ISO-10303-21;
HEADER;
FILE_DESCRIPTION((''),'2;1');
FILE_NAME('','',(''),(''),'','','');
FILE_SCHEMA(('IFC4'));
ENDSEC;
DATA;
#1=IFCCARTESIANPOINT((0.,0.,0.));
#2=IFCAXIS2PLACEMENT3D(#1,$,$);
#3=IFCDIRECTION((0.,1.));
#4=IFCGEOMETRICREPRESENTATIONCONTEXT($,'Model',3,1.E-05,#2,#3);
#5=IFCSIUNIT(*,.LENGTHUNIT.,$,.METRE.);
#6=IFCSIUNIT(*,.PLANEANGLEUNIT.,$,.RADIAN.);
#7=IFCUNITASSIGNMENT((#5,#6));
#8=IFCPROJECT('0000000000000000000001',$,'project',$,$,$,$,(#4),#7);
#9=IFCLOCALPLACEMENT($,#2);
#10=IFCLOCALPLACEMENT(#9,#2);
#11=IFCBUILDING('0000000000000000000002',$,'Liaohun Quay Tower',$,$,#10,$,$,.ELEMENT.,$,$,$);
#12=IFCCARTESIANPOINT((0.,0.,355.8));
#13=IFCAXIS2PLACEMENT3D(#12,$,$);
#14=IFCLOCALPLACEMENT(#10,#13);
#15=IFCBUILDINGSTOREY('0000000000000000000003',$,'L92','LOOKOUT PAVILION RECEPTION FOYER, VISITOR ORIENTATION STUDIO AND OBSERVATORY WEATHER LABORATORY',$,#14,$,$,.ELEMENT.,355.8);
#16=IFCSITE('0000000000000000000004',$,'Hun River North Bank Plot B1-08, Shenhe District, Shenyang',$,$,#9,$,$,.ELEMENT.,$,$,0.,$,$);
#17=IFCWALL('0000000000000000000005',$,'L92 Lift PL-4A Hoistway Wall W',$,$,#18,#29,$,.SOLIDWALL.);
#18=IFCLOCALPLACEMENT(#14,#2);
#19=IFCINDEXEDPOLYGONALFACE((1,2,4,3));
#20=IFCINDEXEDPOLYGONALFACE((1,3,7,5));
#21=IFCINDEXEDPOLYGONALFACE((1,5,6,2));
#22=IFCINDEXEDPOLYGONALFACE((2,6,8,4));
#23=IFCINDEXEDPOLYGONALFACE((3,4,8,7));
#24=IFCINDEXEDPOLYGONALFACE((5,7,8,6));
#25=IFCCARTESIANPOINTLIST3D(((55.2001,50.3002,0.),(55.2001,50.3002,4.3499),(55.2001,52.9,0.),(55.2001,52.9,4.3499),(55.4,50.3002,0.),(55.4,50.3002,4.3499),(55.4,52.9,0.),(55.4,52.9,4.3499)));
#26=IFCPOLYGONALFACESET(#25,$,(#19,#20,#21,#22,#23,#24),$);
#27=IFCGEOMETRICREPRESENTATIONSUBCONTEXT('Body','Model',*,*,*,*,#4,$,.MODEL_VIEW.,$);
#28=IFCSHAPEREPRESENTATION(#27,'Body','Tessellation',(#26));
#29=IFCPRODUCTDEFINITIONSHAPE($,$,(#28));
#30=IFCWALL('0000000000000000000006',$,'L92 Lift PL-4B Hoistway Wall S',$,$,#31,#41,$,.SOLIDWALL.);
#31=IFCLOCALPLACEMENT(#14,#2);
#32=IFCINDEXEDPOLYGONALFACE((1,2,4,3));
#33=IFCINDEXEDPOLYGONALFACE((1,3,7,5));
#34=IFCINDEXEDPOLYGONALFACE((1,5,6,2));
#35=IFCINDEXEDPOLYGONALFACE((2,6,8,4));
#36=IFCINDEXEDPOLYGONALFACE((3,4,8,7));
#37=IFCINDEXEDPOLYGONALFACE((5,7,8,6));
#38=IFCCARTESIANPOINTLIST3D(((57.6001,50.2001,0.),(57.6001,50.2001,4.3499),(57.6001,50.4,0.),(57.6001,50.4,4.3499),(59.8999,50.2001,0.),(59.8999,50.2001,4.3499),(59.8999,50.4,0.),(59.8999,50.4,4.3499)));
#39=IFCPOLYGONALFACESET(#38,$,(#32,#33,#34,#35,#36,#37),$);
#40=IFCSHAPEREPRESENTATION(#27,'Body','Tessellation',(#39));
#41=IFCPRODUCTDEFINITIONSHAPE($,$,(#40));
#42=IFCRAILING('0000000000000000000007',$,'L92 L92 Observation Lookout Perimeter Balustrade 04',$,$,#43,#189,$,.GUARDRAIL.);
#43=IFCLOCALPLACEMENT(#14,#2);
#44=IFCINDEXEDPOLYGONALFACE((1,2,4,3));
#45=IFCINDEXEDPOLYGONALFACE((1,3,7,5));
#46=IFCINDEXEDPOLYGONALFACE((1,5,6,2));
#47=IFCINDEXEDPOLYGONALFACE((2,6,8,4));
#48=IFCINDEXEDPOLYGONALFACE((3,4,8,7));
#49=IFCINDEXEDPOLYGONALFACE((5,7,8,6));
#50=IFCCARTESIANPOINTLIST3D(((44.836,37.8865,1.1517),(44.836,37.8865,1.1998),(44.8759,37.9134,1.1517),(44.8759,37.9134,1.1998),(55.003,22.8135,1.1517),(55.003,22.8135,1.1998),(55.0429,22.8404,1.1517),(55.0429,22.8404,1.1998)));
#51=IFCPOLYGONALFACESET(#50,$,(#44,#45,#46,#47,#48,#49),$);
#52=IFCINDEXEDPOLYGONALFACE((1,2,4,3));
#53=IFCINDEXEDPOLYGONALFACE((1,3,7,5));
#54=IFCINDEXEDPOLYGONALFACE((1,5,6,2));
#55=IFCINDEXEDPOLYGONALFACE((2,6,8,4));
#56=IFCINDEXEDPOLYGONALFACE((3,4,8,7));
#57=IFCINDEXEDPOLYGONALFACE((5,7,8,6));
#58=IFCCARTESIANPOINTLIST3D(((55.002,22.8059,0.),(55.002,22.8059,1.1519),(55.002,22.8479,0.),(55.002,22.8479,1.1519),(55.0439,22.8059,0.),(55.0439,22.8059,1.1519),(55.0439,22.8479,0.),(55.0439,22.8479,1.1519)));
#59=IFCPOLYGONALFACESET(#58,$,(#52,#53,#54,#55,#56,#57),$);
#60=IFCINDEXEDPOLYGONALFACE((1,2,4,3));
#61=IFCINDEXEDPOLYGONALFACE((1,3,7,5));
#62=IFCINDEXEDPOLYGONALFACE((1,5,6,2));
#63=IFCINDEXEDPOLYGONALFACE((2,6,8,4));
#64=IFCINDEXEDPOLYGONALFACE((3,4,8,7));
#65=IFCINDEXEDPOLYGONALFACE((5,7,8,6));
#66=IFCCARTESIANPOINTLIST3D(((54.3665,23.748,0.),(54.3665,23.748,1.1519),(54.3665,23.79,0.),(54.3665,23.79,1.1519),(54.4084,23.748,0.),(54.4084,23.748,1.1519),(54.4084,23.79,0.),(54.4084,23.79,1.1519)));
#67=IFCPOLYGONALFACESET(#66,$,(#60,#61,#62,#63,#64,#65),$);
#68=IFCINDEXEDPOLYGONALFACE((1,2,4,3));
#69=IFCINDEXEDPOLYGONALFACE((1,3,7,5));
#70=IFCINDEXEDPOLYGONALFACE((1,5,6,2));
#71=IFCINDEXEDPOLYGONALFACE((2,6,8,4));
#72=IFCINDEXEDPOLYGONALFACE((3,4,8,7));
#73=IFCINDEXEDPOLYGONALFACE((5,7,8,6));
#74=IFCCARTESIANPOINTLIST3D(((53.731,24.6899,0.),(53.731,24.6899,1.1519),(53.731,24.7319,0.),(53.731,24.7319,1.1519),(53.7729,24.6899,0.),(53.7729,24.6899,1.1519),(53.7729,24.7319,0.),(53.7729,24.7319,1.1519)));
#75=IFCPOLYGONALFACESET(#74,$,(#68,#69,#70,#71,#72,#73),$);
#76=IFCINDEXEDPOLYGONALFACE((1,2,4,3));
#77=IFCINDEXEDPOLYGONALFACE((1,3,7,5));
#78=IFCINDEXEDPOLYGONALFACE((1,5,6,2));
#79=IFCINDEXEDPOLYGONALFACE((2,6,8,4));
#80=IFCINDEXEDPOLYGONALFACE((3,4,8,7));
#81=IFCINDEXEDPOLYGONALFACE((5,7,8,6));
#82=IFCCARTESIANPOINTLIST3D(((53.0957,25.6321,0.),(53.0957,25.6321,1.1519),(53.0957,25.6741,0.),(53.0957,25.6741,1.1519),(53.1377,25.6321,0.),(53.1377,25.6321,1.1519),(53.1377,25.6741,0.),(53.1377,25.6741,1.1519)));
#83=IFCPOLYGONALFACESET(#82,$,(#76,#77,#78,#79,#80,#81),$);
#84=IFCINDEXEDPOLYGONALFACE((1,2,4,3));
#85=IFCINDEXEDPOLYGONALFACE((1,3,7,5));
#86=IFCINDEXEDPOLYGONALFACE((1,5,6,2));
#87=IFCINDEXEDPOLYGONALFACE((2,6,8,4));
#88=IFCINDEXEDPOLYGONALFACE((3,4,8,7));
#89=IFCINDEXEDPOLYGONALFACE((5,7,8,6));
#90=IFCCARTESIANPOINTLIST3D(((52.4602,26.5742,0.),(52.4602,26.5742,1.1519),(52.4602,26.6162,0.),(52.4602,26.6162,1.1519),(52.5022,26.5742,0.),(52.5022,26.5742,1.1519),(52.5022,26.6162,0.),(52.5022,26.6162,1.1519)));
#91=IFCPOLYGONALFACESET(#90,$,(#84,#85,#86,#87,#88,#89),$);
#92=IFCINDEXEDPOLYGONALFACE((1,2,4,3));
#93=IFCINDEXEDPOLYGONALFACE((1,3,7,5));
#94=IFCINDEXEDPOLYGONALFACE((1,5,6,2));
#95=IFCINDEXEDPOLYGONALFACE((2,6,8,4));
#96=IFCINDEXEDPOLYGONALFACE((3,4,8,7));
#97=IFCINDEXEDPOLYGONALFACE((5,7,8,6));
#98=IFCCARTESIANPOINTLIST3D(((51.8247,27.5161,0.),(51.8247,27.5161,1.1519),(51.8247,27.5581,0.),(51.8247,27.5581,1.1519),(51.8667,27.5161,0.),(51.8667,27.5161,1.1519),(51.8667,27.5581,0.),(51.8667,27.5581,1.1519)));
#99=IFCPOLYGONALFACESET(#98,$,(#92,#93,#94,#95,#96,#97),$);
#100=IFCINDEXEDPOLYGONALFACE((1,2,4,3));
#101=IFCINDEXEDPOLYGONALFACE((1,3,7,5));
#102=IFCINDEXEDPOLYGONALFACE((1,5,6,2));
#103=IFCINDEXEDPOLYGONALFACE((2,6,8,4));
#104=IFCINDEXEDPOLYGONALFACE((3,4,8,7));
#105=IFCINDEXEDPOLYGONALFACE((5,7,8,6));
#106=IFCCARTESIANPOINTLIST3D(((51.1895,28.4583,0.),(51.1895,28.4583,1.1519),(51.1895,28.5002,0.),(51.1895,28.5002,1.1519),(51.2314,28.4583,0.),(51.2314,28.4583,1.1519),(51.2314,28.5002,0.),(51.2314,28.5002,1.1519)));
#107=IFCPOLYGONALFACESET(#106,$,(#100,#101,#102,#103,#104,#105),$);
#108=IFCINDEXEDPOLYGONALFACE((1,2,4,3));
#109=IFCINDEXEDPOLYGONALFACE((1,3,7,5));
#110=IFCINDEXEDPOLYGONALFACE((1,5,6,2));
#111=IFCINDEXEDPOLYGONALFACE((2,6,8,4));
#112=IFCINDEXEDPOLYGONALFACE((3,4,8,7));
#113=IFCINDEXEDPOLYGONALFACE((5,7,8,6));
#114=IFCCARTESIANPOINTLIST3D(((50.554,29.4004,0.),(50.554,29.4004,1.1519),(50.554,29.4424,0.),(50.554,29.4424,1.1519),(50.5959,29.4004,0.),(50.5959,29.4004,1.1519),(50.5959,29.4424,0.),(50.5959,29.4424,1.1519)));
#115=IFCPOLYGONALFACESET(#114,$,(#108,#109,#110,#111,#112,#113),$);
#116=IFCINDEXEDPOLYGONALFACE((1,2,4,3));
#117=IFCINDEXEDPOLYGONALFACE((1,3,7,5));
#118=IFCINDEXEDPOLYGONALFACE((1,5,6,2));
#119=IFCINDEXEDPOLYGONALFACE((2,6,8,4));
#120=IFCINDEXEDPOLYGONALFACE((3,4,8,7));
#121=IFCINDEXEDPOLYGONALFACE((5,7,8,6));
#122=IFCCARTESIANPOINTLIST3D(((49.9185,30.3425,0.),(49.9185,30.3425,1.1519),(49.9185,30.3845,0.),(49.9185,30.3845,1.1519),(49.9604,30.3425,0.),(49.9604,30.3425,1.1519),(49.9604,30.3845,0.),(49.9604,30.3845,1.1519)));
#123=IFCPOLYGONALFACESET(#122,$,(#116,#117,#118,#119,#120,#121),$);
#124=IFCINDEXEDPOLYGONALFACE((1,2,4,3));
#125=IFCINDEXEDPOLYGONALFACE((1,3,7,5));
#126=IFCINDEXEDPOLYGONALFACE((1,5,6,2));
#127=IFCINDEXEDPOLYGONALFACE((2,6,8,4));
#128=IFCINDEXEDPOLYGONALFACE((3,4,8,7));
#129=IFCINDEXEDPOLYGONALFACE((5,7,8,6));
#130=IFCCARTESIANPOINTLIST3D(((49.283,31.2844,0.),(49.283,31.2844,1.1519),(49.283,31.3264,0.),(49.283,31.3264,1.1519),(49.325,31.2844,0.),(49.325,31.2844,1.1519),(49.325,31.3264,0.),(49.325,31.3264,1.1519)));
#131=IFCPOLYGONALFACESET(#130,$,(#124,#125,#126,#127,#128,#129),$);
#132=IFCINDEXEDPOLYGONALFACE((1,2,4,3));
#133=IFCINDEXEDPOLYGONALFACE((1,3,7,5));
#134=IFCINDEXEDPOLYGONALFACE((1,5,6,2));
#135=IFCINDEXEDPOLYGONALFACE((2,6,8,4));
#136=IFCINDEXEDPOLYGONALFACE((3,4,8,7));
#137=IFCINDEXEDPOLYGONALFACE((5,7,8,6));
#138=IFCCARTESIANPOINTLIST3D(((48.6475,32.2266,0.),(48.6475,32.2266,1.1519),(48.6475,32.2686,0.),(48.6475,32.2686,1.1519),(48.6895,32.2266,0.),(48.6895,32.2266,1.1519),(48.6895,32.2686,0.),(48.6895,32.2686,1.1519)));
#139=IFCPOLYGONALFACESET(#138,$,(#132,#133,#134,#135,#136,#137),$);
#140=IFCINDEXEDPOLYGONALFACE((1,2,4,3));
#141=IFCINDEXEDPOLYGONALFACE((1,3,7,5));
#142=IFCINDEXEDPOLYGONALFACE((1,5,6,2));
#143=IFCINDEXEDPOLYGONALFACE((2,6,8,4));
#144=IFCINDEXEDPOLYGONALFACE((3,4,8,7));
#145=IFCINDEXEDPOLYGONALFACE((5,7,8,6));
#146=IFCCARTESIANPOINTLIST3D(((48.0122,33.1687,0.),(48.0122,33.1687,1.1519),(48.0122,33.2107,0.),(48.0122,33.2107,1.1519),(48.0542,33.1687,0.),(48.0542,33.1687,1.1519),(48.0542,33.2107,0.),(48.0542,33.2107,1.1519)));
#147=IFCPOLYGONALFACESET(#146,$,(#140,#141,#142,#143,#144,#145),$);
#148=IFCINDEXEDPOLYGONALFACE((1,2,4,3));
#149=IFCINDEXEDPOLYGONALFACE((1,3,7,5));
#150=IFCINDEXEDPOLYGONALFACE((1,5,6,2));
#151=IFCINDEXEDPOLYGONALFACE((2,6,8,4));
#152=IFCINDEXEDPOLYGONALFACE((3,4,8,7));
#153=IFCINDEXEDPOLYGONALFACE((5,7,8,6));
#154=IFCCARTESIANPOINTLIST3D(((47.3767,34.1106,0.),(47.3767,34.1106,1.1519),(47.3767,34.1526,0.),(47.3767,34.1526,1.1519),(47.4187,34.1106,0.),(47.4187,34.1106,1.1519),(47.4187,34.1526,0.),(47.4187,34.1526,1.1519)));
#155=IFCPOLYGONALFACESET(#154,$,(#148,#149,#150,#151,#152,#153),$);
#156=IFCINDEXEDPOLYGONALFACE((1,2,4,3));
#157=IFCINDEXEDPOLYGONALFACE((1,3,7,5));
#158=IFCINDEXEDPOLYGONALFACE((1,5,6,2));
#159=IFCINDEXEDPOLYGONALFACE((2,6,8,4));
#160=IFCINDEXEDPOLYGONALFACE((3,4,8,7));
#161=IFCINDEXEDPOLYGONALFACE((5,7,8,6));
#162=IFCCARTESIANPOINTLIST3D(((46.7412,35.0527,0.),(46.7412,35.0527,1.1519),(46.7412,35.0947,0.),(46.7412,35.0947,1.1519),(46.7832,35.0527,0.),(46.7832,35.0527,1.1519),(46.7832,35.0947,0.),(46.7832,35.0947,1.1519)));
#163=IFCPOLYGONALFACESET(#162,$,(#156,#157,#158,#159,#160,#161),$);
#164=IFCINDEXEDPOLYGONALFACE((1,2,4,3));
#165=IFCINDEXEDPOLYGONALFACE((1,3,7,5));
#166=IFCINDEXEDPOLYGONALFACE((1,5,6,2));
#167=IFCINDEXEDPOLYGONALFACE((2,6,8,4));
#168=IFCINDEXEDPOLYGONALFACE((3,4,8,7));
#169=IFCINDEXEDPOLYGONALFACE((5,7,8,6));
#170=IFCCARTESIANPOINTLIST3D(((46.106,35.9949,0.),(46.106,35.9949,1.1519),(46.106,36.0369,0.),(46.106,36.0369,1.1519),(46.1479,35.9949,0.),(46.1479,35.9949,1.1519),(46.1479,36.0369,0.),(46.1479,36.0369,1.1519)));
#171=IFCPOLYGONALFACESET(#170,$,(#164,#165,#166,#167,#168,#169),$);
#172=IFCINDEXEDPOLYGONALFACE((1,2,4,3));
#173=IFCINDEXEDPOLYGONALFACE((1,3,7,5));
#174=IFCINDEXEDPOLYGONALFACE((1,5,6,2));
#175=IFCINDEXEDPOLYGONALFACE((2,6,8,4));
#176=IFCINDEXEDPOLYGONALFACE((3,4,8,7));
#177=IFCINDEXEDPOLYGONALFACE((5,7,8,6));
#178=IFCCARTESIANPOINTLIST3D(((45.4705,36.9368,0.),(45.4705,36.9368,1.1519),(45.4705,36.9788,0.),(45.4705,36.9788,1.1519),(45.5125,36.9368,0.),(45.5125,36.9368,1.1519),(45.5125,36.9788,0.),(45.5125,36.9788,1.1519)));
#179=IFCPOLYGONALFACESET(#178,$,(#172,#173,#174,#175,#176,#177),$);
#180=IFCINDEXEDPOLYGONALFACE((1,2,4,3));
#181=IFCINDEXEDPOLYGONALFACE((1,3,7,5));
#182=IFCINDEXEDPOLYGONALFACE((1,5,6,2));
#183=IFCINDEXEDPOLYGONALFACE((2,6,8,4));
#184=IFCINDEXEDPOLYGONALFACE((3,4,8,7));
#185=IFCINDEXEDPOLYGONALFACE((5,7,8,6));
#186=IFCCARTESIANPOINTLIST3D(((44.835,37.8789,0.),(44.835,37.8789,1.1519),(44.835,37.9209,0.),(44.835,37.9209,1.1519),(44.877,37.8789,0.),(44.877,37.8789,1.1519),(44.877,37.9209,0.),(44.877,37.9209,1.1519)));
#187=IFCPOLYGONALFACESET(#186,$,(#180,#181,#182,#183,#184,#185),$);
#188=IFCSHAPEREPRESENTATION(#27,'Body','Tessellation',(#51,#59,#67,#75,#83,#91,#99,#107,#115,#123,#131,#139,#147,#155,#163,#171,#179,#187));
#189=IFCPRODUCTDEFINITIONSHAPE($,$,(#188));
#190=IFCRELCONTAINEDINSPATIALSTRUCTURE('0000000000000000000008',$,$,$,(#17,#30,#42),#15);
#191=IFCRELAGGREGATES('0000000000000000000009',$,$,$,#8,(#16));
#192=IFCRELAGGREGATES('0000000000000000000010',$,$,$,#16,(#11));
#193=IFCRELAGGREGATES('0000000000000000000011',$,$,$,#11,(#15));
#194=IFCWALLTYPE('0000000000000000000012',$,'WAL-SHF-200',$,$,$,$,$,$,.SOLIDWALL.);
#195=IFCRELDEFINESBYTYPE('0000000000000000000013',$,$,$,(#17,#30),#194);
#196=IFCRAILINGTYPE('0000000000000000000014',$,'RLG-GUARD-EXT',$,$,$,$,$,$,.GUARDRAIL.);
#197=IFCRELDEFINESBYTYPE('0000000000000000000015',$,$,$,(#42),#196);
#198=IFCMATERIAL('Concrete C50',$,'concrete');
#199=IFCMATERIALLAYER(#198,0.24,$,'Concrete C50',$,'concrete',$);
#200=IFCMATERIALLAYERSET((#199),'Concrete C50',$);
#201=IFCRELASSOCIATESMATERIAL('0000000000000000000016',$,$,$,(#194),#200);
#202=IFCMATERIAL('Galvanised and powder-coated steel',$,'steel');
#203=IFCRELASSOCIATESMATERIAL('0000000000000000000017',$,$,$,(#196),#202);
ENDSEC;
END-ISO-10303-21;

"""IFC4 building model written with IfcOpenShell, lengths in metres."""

from ifc_helpers import new_model, si_unit, direction, frame, frame_2d, origin, origin_2d, place, context, subcontext, project, spatial, rectangle, extrude, material, layer, layer_set, type_object, element, save


model = new_model("IFC4")

# Units and contexts
model_context = context("Model", 3, precision=1e-05, world=origin(), true_north=direction((0.0, 1.0)))
body_context = subcontext(model_context, "Body", "Model", "MODEL_VIEW")
ifc_project = project(units=[si_unit("LENGTHUNIT", "METRE"), si_unit("PLANEANGLEUNIT", "RADIAN")], contexts=[model_context])

# Site, building, storey
site_placement = place(None, origin())
site = spatial("IfcSite", under=ifc_project, at=site_placement, Name="Hun River North Bank Plot B1-08, Shenhe District, Shenyang", CompositionType="ELEMENT", RefElevation=0.0)
building_placement = place(site_placement, origin())
building = spatial("IfcBuilding", under=site, at=building_placement, Name="Liaohun Quay Tower", CompositionType="ELEMENT")
storey_placement = place(building_placement, frame((0.0, 0.0, 355.8)))
storey = spatial("IfcBuildingStorey", under=building, at=storey_placement, Name="L92", Description="LOOKOUT PAVILION RECEPTION FOYER, VISITOR ORIENTATION STUDIO AND OBSERVATORY WEATHER LABORATORY", CompositionType="ELEMENT", Elevation=355.8)

# Shared definitions
ifc_material_1 = material(Name="Concrete C50", Category="concrete")

# Shared definitions
ifc_layer_1 = layer(ifc_material_1, 0.24, Name="Concrete C50", Category="concrete")
ifc_layer_set_1 = layer_set([ifc_layer_1], Name="Concrete C50")
wall_type_1 = type_object("IfcWallType", Name="WAL-SHF-200", PredefinedType="SOLIDWALL", material=ifc_layer_set_1)

# Walls
for number, where, z_axis, x_axis, name in (
    (1, (55.3, 52.8999, 0.0), (0.0, 0.0, 1.0), (0.0, -1.0, 0.0), "L92 Lift PL-4A Hoistway Wall W"),
):
    element("IfcWall", number, at=place(storey_placement, frame(where, z_axis=z_axis, x_axis=x_axis)), inside=storey, type_object=wall_type_1, Name=name, PredefinedType="SOLIDWALL", context=body_context, shape_type="SweptSolid", body=[
        extrude(rectangle(XDim=2.5999, YDim=0.2, at=frame_2d((1.2998, 0.0))), origin(), (0.0, 0.0, 1.0), 4.3499),
    ])
wall_1_placement = place(storey_placement, frame((57.6001, 50.3, 0.0), z_axis=(0.0, 0.0, 1.0), x_axis=(1.0, 0.0, 0.0)))
element("IfcWall", 2, at=wall_1_placement, inside=storey, type_object=wall_type_1, Name="L92 Lift PL-4B Hoistway Wall S", PredefinedType="SOLIDWALL", context=body_context, shape_type="SweptSolid", body=[
    extrude(rectangle(XDim=2.2998, YDim=0.2, at=frame_2d((1.1499, 0.0))), origin(), (0.0, 0.0, 1.0), 4.3499),
])

# Railing
ifc_material_2 = material(Name="Galvanised and powder-coated steel", Category="steel")
railing_type_1 = type_object("IfcRailingType", Name="RLG-GUARD-EXT", PredefinedType="GUARDRAIL", material=ifc_material_2)
railing_1_placement = place(storey_placement, frame((55.0229, 22.8269, 0.0)))
element("IfcRailing", 3, at=railing_1_placement, inside=storey, type_object=railing_type_1, Name="L92 L92 Observation Lookout Perimeter Balustrade 04", PredefinedType="GUARDRAIL", context=body_context, shape_type="SweptSolid", body=[
    extrude(rectangle(XDim=0.0481, YDim=0.0481, at=origin_2d()), frame((0.0, 0.0, 1.1758), z_axis=(-0.559198, 0.829034, 0.0), x_axis=(-0.829034, -0.559198, 0.0)), (0.0, 0.0, 1.0), 18.1814),
    extrude(rectangle(XDim=0.042, YDim=0.042, at=origin_2d()), origin(), (0.0, 0.0, 1.0), 1.1519),
    extrude(rectangle(XDim=0.042, YDim=0.042, at=origin_2d()), frame((-0.6355, 0.9421, 0.0)), (0.0, 0.0, 1.0), 1.1519),
    extrude(rectangle(XDim=0.042, YDim=0.042, at=origin_2d()), frame((-1.271, 1.884, 0.0)), (0.0, 0.0, 1.0), 1.1519),
    extrude(rectangle(XDim=0.042, YDim=0.042, at=origin_2d()), frame((-1.9062, 2.8262, 0.0)), (0.0, 0.0, 1.0), 1.1519),
    extrude(rectangle(XDim=0.042, YDim=0.042, at=origin_2d()), frame((-2.5417, 3.7683, 0.0)), (0.0, 0.0, 1.0), 1.1519),
    extrude(rectangle(XDim=0.042, YDim=0.042, at=origin_2d()), frame((-3.1772, 4.7102, 0.0)), (0.0, 0.0, 1.0), 1.1519),
    extrude(rectangle(XDim=0.042, YDim=0.042, at=origin_2d()), frame((-3.8125, 5.6523, 0.0)), (0.0, 0.0, 1.0), 1.1519),
    extrude(rectangle(XDim=0.042, YDim=0.042, at=origin_2d()), frame((-4.448, 6.5945, 0.0)), (0.0, 0.0, 1.0), 1.1519),
    extrude(rectangle(XDim=0.042, YDim=0.042, at=origin_2d()), frame((-5.0835, 7.5366, 0.0)), (0.0, 0.0, 1.0), 1.1519),
    extrude(rectangle(XDim=0.042, YDim=0.042, at=origin_2d()), frame((-5.719, 8.4785, 0.0)), (0.0, 0.0, 1.0), 1.1519),
    extrude(rectangle(XDim=0.042, YDim=0.042, at=origin_2d()), frame((-6.3545, 9.4207, 0.0)), (0.0, 0.0, 1.0), 1.1519),
    extrude(rectangle(XDim=0.042, YDim=0.042, at=origin_2d()), frame((-6.9897, 10.3628, 0.0)), (0.0, 0.0, 1.0), 1.1519),
    extrude(rectangle(XDim=0.042, YDim=0.042, at=origin_2d()), frame((-7.6252, 11.3047, 0.0)), (0.0, 0.0, 1.0), 1.1519),
    extrude(rectangle(XDim=0.042, YDim=0.042, at=origin_2d()), frame((-8.2607, 12.2468, 0.0)), (0.0, 0.0, 1.0), 1.1519),
    extrude(rectangle(XDim=0.042, YDim=0.042, at=origin_2d()), frame((-8.896, 13.189, 0.0)), (0.0, 0.0, 1.0), 1.1519),
    extrude(rectangle(XDim=0.042, YDim=0.042, at=origin_2d()), frame((-9.5315, 14.1309, 0.0)), (0.0, 0.0, 1.0), 1.1519),
    extrude(rectangle(XDim=0.042, YDim=0.042, at=origin_2d()), frame((-10.167, 15.073, 0.0)), (0.0, 0.0, 1.0), 1.1519),
])

save(model, "model.ifc")
